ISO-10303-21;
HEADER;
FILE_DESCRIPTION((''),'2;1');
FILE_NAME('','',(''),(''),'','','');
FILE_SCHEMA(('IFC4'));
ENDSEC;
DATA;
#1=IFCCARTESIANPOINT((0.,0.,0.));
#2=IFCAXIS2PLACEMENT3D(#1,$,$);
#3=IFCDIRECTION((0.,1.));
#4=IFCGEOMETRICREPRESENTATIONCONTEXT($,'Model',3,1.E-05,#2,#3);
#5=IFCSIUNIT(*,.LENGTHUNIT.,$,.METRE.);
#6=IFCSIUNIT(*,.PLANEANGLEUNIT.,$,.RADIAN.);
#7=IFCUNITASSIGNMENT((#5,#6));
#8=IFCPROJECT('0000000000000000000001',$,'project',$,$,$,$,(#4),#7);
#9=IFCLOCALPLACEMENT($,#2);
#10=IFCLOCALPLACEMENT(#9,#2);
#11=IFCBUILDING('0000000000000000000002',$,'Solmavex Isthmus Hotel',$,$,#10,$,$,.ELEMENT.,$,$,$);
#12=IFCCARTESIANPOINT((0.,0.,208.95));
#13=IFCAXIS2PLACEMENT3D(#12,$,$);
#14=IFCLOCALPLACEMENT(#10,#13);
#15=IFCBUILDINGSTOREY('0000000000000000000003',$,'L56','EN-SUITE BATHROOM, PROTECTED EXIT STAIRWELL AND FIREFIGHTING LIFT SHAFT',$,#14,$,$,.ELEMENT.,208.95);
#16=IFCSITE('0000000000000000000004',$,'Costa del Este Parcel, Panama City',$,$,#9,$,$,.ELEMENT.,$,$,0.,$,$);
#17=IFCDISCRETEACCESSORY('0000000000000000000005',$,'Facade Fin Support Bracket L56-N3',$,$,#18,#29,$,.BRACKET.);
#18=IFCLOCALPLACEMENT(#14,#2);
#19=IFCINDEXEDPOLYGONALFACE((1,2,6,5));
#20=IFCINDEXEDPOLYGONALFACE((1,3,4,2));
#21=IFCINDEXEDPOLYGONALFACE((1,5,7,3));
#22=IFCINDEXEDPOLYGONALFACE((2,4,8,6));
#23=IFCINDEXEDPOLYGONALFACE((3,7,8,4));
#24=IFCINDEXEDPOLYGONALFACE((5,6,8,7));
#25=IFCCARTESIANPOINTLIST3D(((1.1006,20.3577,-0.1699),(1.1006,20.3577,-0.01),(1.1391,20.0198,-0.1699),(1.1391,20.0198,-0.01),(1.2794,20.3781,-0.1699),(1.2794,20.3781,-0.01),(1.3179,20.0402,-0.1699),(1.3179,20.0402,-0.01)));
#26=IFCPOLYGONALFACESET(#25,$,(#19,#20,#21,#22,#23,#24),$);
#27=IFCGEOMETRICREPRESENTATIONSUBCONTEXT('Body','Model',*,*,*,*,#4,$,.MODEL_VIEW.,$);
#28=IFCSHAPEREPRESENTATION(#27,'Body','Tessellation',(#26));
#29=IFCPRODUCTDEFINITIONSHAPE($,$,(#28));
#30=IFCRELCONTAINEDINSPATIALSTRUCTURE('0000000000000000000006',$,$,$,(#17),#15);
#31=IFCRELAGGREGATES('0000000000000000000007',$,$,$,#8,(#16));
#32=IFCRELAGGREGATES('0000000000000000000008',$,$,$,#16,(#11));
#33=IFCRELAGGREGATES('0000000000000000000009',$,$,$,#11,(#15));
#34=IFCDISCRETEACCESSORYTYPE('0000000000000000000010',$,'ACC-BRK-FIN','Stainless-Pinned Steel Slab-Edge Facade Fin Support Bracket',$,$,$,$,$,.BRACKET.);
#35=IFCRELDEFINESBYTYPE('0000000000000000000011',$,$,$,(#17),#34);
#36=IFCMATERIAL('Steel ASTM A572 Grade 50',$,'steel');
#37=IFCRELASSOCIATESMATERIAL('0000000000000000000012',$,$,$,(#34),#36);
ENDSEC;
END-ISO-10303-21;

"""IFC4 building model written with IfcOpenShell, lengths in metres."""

from ifc_helpers import new_model, si_unit, direction, frame, origin, origin_2d, place, context, subcontext, project, spatial, rectangle, extrude, material, type_object, element, save


model = new_model("IFC4")

# Units and contexts
model_context = context("Model", 3, precision=1e-05, world=origin(), true_north=direction((0.0, 1.0)))
body_context = subcontext(model_context, "Body", "Model", "MODEL_VIEW")
ifc_project = project(units=[si_unit("LENGTHUNIT", "METRE"), si_unit("PLANEANGLEUNIT", "RADIAN")], contexts=[model_context])

# Site, building, storey
site_placement = place(None, origin())
site = spatial("IfcSite", under=ifc_project, at=site_placement, Name="Costa del Este Parcel, Panama City", CompositionType="ELEMENT", RefElevation=0.0)
building_placement = place(site_placement, origin())
building = spatial("IfcBuilding", under=site, at=building_placement, Name="Solmavex Isthmus Hotel", CompositionType="ELEMENT")
storey_placement = place(building_placement, frame((0.0, 0.0, 208.95)))
storey = spatial("IfcBuildingStorey", under=building, at=storey_placement, Name="L56", Description="EN-SUITE BATHROOM, PROTECTED EXIT STAIRWELL AND FIREFIGHTING LIFT SHAFT", CompositionType="ELEMENT", Elevation=208.95)

# Discrete accessory
ifc_material_1 = material(Name="Steel ASTM A572 Grade 50", Category="steel")
discrete_accessory_type = type_object("IfcDiscreteAccessoryType", Name="ACC-BRK-FIN", Description="Stainless-Pinned Steel Slab-Edge Facade Fin Support Bracket", PredefinedType="BRACKET", material=ifc_material_1)
discrete_accessory_placement = place(storey_placement, frame((1.2092, 20.199, -0.1699), z_axis=(0.0, 0.0, 1.0), x_axis=(-0.113203, 0.993572, 0.0)))
element("IfcDiscreteAccessory", 1, at=discrete_accessory_placement, inside=storey, type_object=discrete_accessory_type, Name="Facade Fin Support Bracket L56-N3", PredefinedType="BRACKET", context=body_context, shape_type="SweptSolid", body=[
    extrude(rectangle(XDim=0.3401, YDim=0.1799, at=origin_2d()), origin(), (0.0, 0.0, 1.0), 0.1599),
])

save(model, "model.ifc")
